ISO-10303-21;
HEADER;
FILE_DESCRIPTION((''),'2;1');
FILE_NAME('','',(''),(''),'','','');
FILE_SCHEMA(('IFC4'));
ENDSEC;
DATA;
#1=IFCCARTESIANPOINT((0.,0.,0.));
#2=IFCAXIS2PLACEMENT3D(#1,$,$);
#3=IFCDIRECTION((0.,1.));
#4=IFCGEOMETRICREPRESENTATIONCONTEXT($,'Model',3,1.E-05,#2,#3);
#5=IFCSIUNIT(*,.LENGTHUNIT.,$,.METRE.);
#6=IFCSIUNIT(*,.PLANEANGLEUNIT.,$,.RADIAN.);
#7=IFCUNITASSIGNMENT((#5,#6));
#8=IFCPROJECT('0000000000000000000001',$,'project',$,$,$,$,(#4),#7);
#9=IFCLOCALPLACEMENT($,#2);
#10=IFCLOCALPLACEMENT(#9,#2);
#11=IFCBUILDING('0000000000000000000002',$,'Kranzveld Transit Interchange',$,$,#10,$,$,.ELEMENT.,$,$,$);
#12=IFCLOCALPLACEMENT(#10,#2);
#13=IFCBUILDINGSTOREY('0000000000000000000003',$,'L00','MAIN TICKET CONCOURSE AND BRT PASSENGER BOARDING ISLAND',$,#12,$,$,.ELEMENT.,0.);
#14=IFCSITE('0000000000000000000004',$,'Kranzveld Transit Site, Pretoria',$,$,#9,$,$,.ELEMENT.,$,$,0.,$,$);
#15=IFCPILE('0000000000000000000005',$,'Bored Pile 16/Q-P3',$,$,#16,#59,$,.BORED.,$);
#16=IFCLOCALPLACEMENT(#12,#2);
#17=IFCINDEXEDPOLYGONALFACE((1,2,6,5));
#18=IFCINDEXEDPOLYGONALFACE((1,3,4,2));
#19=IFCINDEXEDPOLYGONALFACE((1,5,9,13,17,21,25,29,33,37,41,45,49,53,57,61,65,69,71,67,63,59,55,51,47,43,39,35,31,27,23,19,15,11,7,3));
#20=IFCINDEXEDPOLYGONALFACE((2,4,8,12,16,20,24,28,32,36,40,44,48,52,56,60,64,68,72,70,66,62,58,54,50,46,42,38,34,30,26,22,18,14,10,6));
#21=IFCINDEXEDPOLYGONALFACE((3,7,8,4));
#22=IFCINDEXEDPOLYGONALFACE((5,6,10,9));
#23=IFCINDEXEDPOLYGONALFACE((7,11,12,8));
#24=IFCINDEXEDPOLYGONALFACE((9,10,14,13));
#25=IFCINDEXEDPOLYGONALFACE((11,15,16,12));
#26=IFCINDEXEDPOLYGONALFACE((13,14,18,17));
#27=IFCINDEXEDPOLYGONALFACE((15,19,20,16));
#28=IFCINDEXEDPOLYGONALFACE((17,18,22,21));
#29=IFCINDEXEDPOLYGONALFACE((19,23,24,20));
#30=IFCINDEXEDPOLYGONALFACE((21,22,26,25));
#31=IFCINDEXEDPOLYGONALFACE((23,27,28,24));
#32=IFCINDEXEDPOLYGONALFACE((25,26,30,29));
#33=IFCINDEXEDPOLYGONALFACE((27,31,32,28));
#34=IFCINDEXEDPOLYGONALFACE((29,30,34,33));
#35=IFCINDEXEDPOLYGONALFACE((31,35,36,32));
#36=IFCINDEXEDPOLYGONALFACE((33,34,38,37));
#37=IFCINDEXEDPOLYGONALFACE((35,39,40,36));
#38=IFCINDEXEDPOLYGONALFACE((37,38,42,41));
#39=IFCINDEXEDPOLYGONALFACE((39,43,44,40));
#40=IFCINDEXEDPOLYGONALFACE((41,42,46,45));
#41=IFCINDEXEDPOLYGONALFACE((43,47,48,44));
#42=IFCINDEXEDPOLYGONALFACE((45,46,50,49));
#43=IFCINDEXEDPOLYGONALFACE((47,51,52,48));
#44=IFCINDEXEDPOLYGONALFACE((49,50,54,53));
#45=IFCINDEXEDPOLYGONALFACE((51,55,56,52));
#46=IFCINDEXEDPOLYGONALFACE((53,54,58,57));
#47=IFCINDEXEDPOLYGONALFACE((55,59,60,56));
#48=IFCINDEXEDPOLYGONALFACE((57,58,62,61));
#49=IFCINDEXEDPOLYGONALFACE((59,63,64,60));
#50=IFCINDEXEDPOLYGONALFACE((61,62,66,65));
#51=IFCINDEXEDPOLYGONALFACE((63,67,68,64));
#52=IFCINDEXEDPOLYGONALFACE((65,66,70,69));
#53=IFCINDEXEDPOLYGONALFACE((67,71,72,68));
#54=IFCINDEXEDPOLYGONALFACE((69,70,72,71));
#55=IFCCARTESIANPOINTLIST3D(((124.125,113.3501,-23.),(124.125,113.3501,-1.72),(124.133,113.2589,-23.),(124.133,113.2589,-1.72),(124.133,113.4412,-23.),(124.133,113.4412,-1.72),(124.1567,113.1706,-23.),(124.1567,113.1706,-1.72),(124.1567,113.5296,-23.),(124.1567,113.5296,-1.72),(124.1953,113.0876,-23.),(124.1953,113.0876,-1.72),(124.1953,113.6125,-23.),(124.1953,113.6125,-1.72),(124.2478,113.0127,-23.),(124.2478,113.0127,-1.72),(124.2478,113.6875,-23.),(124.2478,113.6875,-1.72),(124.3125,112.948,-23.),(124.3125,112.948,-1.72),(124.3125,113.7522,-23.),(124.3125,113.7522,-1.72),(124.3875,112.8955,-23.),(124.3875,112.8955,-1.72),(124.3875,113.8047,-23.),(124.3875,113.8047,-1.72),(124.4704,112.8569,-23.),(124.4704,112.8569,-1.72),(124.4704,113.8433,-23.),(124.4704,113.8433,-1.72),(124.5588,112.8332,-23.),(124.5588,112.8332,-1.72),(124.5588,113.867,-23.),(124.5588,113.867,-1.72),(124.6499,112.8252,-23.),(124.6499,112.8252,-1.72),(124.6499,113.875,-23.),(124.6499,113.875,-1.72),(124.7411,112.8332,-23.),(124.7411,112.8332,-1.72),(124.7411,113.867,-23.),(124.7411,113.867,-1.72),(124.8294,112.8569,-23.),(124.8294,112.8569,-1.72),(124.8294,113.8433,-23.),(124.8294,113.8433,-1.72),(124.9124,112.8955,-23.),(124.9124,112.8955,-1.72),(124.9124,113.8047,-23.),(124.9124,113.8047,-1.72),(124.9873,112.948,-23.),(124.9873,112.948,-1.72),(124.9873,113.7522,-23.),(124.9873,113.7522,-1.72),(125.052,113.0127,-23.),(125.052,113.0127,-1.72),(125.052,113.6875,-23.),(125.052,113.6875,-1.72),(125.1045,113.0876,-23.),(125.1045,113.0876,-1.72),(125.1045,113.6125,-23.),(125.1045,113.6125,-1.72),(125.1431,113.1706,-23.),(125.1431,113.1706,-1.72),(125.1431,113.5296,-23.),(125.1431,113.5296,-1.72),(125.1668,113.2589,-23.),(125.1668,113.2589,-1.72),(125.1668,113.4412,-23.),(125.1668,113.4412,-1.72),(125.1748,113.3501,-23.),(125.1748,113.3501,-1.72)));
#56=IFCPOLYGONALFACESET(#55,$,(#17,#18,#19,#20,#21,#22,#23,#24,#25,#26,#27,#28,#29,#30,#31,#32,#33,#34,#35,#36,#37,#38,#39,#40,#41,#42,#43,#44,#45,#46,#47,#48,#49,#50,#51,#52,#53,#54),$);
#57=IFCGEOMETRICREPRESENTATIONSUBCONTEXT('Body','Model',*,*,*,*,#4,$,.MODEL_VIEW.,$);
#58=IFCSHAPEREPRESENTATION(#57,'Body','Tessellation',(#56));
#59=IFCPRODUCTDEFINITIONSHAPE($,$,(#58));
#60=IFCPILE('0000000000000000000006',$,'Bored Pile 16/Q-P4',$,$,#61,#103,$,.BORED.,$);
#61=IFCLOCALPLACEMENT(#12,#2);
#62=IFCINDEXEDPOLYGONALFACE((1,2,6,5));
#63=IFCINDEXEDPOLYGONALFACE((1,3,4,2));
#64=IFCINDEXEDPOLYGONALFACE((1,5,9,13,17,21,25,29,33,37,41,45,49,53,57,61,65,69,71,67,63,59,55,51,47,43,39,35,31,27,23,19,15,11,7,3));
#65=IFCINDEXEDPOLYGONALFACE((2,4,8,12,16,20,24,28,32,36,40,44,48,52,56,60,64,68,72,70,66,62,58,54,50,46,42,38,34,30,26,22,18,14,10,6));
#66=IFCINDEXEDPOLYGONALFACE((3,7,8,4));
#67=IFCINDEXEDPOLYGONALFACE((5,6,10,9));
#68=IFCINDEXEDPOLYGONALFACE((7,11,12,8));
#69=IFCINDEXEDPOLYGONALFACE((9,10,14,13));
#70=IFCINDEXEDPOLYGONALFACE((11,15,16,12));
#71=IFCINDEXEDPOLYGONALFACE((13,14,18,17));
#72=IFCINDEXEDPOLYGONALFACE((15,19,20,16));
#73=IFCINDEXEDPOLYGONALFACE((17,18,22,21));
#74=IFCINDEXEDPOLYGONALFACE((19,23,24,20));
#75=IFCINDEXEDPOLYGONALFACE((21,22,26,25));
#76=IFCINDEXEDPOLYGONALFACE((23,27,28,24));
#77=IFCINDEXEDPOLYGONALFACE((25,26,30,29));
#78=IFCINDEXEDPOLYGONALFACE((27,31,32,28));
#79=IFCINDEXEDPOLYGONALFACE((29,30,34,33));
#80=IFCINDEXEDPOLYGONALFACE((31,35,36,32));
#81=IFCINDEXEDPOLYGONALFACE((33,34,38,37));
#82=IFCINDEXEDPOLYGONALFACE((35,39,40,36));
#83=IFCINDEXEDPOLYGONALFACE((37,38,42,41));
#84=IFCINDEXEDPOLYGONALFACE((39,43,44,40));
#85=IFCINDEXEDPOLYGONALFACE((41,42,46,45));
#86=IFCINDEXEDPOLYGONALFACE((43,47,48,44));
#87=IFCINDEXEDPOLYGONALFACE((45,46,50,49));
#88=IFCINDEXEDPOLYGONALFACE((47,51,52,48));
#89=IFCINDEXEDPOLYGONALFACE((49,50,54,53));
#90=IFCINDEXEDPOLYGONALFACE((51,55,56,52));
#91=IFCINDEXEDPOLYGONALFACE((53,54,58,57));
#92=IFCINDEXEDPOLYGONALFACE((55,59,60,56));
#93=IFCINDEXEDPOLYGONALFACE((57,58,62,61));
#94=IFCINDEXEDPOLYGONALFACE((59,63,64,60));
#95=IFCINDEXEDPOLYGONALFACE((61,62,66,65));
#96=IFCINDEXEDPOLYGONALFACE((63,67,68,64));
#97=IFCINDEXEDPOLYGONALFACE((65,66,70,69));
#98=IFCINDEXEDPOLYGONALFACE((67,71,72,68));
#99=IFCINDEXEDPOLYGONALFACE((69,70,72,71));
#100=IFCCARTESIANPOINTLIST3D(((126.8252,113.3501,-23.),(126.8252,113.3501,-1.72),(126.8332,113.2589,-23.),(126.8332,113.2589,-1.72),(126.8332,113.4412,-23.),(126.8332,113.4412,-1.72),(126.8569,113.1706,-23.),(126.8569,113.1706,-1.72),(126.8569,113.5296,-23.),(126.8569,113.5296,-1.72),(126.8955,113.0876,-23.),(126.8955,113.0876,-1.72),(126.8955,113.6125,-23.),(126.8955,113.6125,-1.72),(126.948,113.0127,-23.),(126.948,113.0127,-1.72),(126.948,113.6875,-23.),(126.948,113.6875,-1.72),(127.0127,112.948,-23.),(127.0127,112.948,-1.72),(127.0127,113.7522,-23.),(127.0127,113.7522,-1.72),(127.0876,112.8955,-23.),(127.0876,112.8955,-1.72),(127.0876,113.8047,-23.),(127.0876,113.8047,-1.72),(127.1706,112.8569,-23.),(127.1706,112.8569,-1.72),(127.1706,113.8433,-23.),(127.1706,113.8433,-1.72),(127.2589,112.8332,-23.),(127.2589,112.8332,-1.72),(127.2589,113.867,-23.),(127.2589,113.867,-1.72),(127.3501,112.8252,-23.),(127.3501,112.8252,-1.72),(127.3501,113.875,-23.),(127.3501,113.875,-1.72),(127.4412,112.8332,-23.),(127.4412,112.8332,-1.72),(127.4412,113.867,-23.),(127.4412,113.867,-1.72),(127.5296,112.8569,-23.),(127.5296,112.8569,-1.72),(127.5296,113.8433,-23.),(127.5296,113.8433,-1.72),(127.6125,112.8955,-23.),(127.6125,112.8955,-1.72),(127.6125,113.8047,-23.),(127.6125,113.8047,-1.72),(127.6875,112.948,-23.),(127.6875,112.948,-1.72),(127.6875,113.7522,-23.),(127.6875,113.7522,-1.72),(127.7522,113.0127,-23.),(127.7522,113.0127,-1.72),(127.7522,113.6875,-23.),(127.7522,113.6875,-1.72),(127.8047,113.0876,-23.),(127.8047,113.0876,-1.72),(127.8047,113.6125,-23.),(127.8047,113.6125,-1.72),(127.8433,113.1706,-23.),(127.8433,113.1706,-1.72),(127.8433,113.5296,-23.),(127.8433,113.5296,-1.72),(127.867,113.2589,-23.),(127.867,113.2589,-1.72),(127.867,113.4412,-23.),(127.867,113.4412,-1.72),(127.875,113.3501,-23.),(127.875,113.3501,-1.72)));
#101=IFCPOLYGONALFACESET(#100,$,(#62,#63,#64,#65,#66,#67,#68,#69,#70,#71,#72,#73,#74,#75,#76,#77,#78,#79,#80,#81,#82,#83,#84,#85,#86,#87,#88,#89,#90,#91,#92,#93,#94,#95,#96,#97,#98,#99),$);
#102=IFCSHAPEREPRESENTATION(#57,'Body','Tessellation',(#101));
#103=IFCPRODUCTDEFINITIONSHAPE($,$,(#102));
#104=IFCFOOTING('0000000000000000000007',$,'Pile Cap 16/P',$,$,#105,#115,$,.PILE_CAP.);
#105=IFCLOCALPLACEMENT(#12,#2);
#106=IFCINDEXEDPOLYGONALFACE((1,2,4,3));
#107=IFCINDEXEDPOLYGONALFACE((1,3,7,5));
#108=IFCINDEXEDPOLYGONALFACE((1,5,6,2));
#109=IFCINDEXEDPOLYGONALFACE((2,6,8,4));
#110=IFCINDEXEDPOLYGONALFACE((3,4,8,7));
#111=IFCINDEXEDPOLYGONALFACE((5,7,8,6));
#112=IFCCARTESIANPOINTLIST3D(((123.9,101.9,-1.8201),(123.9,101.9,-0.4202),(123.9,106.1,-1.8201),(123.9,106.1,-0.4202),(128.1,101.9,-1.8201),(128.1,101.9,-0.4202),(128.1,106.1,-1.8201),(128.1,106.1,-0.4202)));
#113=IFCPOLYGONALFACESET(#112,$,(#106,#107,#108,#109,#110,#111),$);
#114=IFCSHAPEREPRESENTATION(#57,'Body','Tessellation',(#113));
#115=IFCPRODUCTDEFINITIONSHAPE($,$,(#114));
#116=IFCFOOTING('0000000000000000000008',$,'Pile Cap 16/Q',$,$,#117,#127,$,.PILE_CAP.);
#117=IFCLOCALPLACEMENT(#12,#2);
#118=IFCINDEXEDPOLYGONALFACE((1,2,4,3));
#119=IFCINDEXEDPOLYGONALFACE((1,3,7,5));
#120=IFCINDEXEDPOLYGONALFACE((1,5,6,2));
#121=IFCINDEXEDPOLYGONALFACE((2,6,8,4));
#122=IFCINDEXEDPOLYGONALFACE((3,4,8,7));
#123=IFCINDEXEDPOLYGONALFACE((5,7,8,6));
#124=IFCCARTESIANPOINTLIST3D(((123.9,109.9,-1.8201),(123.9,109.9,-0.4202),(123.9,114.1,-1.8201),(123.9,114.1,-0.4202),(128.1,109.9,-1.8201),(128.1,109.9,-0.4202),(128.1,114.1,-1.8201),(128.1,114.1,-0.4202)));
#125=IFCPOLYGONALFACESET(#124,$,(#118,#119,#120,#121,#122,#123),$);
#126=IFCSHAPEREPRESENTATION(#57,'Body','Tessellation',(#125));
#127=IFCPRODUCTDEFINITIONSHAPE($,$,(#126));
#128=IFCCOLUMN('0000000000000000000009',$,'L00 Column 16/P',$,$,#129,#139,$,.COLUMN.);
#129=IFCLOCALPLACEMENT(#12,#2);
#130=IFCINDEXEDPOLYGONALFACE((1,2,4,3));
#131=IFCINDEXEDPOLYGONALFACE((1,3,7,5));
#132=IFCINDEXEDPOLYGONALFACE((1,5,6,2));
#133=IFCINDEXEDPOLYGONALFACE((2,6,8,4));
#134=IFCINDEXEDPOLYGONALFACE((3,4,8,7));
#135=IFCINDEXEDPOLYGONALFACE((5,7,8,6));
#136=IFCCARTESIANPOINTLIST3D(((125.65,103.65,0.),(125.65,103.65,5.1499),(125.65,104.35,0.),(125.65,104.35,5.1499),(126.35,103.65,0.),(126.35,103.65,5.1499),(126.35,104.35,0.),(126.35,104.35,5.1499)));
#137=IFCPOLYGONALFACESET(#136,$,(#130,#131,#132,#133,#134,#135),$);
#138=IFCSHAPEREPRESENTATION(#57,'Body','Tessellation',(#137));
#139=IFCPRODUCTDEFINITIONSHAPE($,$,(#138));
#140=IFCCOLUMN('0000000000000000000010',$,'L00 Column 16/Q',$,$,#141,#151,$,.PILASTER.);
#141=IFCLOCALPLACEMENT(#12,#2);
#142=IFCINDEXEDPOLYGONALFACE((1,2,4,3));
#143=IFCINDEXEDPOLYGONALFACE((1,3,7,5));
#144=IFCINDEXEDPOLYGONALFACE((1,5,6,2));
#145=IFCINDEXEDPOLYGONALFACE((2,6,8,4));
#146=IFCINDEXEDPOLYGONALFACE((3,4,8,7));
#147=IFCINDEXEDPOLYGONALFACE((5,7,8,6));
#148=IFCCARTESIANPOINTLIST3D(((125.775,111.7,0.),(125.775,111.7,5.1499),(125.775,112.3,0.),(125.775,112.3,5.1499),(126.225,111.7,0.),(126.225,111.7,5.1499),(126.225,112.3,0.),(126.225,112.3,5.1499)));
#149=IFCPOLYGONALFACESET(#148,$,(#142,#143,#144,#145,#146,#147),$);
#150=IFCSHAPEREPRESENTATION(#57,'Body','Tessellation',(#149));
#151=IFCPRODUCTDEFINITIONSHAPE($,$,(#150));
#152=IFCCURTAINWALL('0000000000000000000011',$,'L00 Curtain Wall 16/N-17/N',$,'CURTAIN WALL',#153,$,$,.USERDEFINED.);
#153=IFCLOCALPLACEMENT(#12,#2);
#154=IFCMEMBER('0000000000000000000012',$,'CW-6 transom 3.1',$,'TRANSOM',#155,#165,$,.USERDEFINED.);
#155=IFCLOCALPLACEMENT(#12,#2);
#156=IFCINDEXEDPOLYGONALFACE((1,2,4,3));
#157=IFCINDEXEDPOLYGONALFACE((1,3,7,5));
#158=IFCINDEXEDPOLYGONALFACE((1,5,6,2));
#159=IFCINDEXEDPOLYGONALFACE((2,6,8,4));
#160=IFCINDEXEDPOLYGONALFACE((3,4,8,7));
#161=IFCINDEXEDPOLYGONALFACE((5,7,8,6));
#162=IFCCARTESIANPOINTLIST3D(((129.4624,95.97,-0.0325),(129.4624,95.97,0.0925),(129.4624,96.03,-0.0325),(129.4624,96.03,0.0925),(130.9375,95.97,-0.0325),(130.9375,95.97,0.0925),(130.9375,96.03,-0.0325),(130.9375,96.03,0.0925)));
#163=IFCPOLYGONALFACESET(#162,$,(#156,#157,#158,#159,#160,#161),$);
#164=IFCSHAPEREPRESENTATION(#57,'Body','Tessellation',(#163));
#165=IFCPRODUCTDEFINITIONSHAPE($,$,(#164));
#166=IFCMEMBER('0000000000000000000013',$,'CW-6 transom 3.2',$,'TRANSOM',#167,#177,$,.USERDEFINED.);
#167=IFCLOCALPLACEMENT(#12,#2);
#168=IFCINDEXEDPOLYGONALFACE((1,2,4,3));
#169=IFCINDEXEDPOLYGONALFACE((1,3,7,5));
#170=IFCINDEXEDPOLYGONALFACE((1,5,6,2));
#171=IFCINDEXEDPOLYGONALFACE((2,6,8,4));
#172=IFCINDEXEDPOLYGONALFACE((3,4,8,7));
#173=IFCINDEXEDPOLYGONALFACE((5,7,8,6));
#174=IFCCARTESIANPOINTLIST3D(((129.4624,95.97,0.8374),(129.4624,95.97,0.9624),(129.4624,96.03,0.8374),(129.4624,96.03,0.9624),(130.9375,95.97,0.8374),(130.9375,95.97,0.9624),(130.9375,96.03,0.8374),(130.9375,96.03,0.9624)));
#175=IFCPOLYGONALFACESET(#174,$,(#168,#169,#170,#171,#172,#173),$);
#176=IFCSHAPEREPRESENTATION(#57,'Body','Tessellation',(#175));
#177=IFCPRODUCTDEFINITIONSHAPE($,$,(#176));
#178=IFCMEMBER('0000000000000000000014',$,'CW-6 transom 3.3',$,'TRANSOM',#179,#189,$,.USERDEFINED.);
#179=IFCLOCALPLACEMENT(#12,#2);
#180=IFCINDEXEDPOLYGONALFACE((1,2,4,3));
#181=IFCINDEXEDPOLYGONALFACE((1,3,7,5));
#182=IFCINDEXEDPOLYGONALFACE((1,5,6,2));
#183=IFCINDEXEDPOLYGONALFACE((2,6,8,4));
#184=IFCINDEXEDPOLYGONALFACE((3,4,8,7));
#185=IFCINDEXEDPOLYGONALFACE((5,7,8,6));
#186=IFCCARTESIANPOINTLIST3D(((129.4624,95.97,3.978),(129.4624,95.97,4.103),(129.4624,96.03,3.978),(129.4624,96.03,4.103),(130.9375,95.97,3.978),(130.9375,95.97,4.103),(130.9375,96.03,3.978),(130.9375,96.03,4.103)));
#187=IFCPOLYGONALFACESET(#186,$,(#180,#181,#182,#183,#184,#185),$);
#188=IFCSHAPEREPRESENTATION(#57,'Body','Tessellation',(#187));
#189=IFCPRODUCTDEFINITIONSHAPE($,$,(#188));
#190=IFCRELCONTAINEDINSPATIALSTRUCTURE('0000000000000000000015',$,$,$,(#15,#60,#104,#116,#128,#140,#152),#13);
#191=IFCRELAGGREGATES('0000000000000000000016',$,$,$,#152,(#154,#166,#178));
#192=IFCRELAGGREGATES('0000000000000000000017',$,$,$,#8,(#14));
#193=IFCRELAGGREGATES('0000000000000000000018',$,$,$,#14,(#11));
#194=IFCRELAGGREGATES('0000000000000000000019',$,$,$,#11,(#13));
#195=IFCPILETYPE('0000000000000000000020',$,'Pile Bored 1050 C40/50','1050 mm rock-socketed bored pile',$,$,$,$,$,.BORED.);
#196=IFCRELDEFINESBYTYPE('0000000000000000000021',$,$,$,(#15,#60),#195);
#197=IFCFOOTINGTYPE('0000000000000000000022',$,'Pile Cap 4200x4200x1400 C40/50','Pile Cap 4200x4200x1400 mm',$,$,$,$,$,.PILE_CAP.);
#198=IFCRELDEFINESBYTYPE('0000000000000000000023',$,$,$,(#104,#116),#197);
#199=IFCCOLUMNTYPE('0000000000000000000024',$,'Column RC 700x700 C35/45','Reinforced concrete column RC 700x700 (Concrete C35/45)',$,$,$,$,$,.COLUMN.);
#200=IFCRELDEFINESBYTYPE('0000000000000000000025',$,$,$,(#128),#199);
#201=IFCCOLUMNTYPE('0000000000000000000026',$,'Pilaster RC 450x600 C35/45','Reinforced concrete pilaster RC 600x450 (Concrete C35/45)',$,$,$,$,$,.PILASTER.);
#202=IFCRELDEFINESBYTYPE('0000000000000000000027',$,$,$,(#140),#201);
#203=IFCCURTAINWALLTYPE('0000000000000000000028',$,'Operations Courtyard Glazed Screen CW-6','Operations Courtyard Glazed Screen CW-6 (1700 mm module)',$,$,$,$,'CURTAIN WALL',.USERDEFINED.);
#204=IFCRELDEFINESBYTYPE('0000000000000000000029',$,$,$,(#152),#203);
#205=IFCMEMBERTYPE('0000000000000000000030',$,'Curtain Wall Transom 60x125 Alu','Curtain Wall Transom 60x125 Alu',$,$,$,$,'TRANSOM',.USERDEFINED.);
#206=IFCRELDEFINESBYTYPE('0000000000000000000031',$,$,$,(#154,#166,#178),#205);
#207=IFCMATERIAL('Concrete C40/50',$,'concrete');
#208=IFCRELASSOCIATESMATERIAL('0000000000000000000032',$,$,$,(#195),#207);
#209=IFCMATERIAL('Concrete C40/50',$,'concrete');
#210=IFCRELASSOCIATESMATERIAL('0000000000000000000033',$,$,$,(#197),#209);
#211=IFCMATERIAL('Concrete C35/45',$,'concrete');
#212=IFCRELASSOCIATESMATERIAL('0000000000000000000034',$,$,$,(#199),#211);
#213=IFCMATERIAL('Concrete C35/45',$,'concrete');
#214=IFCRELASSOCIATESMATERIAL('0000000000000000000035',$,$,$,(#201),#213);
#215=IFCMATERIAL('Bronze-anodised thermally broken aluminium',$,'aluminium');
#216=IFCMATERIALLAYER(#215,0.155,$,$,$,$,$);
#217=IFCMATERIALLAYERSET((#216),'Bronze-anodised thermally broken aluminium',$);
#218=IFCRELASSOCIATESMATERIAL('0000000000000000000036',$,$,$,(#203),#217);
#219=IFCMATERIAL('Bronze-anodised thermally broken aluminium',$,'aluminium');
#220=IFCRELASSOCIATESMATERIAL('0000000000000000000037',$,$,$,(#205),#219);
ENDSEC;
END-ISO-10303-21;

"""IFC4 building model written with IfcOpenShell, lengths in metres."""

from ifc_helpers import new_model, si_unit, direction, frame, origin, origin_2d, place, context, subcontext, project, spatial, rectangle, circle, extrude, material, layer, layer_set, material_profile, profile_set, type_object, element, aggregate, save


model = new_model("IFC4")

# Units and contexts
model_context = context("Model", 3, precision=1e-05, world=origin(), true_north=direction((0.0, 1.0)))
body_context = subcontext(model_context, "Body", "Model", "MODEL_VIEW")
ifc_project = project(units=[si_unit("LENGTHUNIT", "METRE"), si_unit("PLANEANGLEUNIT", "RADIAN")], contexts=[model_context])

# Site, building, storey
site_placement = place(None, origin())
site = spatial("IfcSite", under=ifc_project, at=site_placement, Name="Kranzveld Transit Site, Pretoria", CompositionType="ELEMENT", RefElevation=0.0)
building_placement = place(site_placement, origin())
building = spatial("IfcBuilding", under=site, at=building_placement, Name="Kranzveld Transit Interchange", CompositionType="ELEMENT")
storey_placement = place(building_placement, origin())
storey = spatial("IfcBuildingStorey", under=building, at=storey_placement, Name="L00", Description="MAIN TICKET CONCOURSE AND BRT PASSENGER BOARDING ISLAND", CompositionType="ELEMENT", Elevation=0.0)

# Piles
ifc_material_1 = material(Name="Concrete C40/50", Category="concrete")
ifc_material_profile_1 = material_profile(ifc_material_1, circle(Radius=0.5249, at=origin_2d()), Name="BORED PILE 1050")
ifc_profile_set_1 = profile_set([ifc_material_profile_1], Name="Concrete C40/50")
pile_type = type_object("IfcPileType", Name="Pile Bored 1050 C40/50", Description="1050 mm rock-socketed bored pile", PredefinedType="BORED", material=ifc_profile_set_1)
for number, where, z_axis, x_axis, name in (
    (1, (124.6499, 113.3501, -1.72), (0.0, 0.0, -1.0), (1.0, 0.0, 0.0), "Bored Pile 16/Q-P3"),
    (2, (127.3501, 113.3501, -1.72), (0.0, 0.0, -1.0), (1.0, 0.0, 0.0), "Bored Pile 16/Q-P4"),
):
    element("IfcPile", number, at=place(storey_placement, frame(where, z_axis=z_axis, x_axis=x_axis)), inside=storey, type_object=pile_type, Name=name, PredefinedType="BORED", context=body_context, shape_type="SweptSolid", body=[
        extrude(circle(Radius=0.5249, at=origin_2d()), origin(), (0.0, 0.0, 1.0), 21.28),
    ])

# Footings
ifc_material_2 = material(Name="Concrete C40/50", Category="concrete")
footing_type_1 = type_object("IfcFootingType", Name="Pile Cap 4200x4200x1400 C40/50", Description="Pile Cap 4200x4200x1400 mm", PredefinedType="PILE_CAP", material=ifc_material_2)
for number, where, z_axis, x_axis, name in (
    (3, (126.0, 104.0, -1.8201), (0.0, 0.0, 1.0), (1.0, 0.0, 0.0), "Pile Cap 16/P"),
    (4, (126.0, 112.0, -1.8201), (0.0, 0.0, 1.0), (1.0, 0.0, 0.0), "Pile Cap 16/Q"),
):
    element("IfcFooting", number, at=place(storey_placement, frame(where, z_axis=z_axis, x_axis=x_axis)), inside=storey, type_object=footing_type_1, Name=name, PredefinedType="PILE_CAP", context=body_context, shape_type="SweptSolid", body=[
        extrude(rectangle(XDim=4.2, YDim=4.2, at=origin_2d()), origin(), (0.0, 0.0, 1.0), 1.3999),
    ])

# Columns
ifc_material_3 = material(Name="Concrete C35/45", Category="concrete")
ifc_material_profile_2 = material_profile(ifc_material_3, rectangle(XDim=0.7, YDim=0.7, at=origin_2d()), Name="RC 700x700")
ifc_profile_set_2 = profile_set([ifc_material_profile_2], Name="Concrete C35/45")
column_type_1 = type_object("IfcColumnType", Name="Column RC 700x700 C35/45", Description="Reinforced concrete column RC 700x700 (Concrete C35/45)", PredefinedType="COLUMN", material=ifc_profile_set_2)
column_1_placement = place(storey_placement, frame((126.0, 104.0, 0.0), z_axis=(0.0, 0.0, 1.0), x_axis=(1.0, 0.0, 0.0)))
element("IfcColumn", 5, at=column_1_placement, inside=storey, type_object=column_type_1, Name="L00 Column 16/P", PredefinedType="COLUMN", context=body_context, shape_type="SweptSolid", body=[
    extrude(rectangle(XDim=0.7, YDim=0.7, at=origin_2d()), origin(), (0.0, 0.0, 1.0), 5.1499),
])
ifc_material_4 = material(Name="Concrete C35/45", Category="concrete")
ifc_material_profile_3 = material_profile(ifc_material_4, rectangle(XDim=0.45, YDim=0.6001, at=origin_2d()), Name="RC 600x450")
ifc_profile_set_3 = profile_set([ifc_material_profile_3], Name="Concrete C35/45")
column_type_2 = type_object("IfcColumnType", Name="Pilaster RC 450x600 C35/45", Description="Reinforced concrete pilaster RC 600x450 (Concrete C35/45)", PredefinedType="PILASTER", material=ifc_profile_set_3)
column_2_placement = place(storey_placement, frame((126.0, 112.0, 0.0), z_axis=(0.0, 0.0, 1.0), x_axis=(1.0, 0.0, 0.0)))
element("IfcColumn", 6, at=column_2_placement, inside=storey, type_object=column_type_2, Name="L00 Column 16/Q", PredefinedType="PILASTER", context=body_context, shape_type="SweptSolid", body=[
    extrude(rectangle(XDim=0.45, YDim=0.6001, at=origin_2d()), origin(), (0.0, 0.0, 1.0), 5.1499),
])

# Curtain wall, members
ifc_material_5 = material(Name="Bronze-anodised thermally broken aluminium", Category="aluminium")
ifc_layer_1 = layer(ifc_material_5, 0.155)
ifc_layer_set_1 = layer_set([ifc_layer_1], Name="Bronze-anodised thermally broken aluminium")
curtain_wall_type = type_object("IfcCurtainWallType", Name="Operations Courtyard Glazed Screen CW-6", Description="Operations Courtyard Glazed Screen CW-6 (1700 mm module)", ElementType="CURTAIN WALL", PredefinedType="USERDEFINED", material=ifc_layer_set_1)
curtain_wall_placement = place(storey_placement, origin())
curtain_wall = element("IfcCurtainWall", 7, at=curtain_wall_placement, inside=storey, type_object=curtain_wall_type, Name="L00 Curtain Wall 16/N-17/N", ObjectType="CURTAIN WALL", PredefinedType="USERDEFINED")
ifc_material_6 = material(Name="Bronze-anodised thermally broken aluminium", Category="aluminium")
ifc_material_profile_4 = material_profile(ifc_material_6, rectangle(XDim=0.0601, YDim=0.125, at=origin_2d()), Name="ALU TRANSOM 60x125")
ifc_profile_set_4 = profile_set([ifc_material_profile_4], Name="Bronze-anodised thermally broken aluminium")
member_type = type_object("IfcMemberType", Name="Curtain Wall Transom 60x125 Alu", Description="Curtain Wall Transom 60x125 Alu", ElementType="TRANSOM", PredefinedType="USERDEFINED", material=ifc_profile_set_4)
member_1_placement = place(storey_placement, frame((129.4624, 96.0, 0.03), z_axis=(1.0, 0.0, 0.0), x_axis=(0.0, 1.0, 0.0)))
member_1 = element("IfcMember", 8, at=member_1_placement, type_object=member_type, Name="CW-6 transom 3.1", ObjectType="TRANSOM", PredefinedType="USERDEFINED", context=body_context, shape_type="SweptSolid", body=[
    extrude(rectangle(XDim=0.0601, YDim=0.125, at=origin_2d()), origin(), (0.0, 0.0, 1.0), 1.4751),
])
member_2_placement = place(storey_placement, frame((129.4624, 96.0, 0.8999), z_axis=(1.0, 0.0, 0.0), x_axis=(0.0, 1.0, 0.0)))
member_2 = element("IfcMember", 9, at=member_2_placement, type_object=member_type, Name="CW-6 transom 3.2", ObjectType="TRANSOM", PredefinedType="USERDEFINED", context=body_context, shape_type="SweptSolid", body=[
    extrude(rectangle(XDim=0.0601, YDim=0.125, at=origin_2d()), origin(), (0.0, 0.0, 1.0), 1.4751),
])
member_3_placement = place(storey_placement, frame((129.4624, 96.0, 4.0405), z_axis=(1.0, 0.0, 0.0), x_axis=(0.0, 1.0, 0.0)))
member_3 = element("IfcMember", 10, at=member_3_placement, type_object=member_type, Name="CW-6 transom 3.3", ObjectType="TRANSOM", PredefinedType="USERDEFINED", context=body_context, shape_type="SweptSolid", body=[
    extrude(rectangle(XDim=0.0601, YDim=0.125, at=origin_2d()), origin(), (0.0, 0.0, 1.0), 1.4751),
])
aggregate(curtain_wall, [member_1, member_2, member_3])

save(model, "model.ifc")
